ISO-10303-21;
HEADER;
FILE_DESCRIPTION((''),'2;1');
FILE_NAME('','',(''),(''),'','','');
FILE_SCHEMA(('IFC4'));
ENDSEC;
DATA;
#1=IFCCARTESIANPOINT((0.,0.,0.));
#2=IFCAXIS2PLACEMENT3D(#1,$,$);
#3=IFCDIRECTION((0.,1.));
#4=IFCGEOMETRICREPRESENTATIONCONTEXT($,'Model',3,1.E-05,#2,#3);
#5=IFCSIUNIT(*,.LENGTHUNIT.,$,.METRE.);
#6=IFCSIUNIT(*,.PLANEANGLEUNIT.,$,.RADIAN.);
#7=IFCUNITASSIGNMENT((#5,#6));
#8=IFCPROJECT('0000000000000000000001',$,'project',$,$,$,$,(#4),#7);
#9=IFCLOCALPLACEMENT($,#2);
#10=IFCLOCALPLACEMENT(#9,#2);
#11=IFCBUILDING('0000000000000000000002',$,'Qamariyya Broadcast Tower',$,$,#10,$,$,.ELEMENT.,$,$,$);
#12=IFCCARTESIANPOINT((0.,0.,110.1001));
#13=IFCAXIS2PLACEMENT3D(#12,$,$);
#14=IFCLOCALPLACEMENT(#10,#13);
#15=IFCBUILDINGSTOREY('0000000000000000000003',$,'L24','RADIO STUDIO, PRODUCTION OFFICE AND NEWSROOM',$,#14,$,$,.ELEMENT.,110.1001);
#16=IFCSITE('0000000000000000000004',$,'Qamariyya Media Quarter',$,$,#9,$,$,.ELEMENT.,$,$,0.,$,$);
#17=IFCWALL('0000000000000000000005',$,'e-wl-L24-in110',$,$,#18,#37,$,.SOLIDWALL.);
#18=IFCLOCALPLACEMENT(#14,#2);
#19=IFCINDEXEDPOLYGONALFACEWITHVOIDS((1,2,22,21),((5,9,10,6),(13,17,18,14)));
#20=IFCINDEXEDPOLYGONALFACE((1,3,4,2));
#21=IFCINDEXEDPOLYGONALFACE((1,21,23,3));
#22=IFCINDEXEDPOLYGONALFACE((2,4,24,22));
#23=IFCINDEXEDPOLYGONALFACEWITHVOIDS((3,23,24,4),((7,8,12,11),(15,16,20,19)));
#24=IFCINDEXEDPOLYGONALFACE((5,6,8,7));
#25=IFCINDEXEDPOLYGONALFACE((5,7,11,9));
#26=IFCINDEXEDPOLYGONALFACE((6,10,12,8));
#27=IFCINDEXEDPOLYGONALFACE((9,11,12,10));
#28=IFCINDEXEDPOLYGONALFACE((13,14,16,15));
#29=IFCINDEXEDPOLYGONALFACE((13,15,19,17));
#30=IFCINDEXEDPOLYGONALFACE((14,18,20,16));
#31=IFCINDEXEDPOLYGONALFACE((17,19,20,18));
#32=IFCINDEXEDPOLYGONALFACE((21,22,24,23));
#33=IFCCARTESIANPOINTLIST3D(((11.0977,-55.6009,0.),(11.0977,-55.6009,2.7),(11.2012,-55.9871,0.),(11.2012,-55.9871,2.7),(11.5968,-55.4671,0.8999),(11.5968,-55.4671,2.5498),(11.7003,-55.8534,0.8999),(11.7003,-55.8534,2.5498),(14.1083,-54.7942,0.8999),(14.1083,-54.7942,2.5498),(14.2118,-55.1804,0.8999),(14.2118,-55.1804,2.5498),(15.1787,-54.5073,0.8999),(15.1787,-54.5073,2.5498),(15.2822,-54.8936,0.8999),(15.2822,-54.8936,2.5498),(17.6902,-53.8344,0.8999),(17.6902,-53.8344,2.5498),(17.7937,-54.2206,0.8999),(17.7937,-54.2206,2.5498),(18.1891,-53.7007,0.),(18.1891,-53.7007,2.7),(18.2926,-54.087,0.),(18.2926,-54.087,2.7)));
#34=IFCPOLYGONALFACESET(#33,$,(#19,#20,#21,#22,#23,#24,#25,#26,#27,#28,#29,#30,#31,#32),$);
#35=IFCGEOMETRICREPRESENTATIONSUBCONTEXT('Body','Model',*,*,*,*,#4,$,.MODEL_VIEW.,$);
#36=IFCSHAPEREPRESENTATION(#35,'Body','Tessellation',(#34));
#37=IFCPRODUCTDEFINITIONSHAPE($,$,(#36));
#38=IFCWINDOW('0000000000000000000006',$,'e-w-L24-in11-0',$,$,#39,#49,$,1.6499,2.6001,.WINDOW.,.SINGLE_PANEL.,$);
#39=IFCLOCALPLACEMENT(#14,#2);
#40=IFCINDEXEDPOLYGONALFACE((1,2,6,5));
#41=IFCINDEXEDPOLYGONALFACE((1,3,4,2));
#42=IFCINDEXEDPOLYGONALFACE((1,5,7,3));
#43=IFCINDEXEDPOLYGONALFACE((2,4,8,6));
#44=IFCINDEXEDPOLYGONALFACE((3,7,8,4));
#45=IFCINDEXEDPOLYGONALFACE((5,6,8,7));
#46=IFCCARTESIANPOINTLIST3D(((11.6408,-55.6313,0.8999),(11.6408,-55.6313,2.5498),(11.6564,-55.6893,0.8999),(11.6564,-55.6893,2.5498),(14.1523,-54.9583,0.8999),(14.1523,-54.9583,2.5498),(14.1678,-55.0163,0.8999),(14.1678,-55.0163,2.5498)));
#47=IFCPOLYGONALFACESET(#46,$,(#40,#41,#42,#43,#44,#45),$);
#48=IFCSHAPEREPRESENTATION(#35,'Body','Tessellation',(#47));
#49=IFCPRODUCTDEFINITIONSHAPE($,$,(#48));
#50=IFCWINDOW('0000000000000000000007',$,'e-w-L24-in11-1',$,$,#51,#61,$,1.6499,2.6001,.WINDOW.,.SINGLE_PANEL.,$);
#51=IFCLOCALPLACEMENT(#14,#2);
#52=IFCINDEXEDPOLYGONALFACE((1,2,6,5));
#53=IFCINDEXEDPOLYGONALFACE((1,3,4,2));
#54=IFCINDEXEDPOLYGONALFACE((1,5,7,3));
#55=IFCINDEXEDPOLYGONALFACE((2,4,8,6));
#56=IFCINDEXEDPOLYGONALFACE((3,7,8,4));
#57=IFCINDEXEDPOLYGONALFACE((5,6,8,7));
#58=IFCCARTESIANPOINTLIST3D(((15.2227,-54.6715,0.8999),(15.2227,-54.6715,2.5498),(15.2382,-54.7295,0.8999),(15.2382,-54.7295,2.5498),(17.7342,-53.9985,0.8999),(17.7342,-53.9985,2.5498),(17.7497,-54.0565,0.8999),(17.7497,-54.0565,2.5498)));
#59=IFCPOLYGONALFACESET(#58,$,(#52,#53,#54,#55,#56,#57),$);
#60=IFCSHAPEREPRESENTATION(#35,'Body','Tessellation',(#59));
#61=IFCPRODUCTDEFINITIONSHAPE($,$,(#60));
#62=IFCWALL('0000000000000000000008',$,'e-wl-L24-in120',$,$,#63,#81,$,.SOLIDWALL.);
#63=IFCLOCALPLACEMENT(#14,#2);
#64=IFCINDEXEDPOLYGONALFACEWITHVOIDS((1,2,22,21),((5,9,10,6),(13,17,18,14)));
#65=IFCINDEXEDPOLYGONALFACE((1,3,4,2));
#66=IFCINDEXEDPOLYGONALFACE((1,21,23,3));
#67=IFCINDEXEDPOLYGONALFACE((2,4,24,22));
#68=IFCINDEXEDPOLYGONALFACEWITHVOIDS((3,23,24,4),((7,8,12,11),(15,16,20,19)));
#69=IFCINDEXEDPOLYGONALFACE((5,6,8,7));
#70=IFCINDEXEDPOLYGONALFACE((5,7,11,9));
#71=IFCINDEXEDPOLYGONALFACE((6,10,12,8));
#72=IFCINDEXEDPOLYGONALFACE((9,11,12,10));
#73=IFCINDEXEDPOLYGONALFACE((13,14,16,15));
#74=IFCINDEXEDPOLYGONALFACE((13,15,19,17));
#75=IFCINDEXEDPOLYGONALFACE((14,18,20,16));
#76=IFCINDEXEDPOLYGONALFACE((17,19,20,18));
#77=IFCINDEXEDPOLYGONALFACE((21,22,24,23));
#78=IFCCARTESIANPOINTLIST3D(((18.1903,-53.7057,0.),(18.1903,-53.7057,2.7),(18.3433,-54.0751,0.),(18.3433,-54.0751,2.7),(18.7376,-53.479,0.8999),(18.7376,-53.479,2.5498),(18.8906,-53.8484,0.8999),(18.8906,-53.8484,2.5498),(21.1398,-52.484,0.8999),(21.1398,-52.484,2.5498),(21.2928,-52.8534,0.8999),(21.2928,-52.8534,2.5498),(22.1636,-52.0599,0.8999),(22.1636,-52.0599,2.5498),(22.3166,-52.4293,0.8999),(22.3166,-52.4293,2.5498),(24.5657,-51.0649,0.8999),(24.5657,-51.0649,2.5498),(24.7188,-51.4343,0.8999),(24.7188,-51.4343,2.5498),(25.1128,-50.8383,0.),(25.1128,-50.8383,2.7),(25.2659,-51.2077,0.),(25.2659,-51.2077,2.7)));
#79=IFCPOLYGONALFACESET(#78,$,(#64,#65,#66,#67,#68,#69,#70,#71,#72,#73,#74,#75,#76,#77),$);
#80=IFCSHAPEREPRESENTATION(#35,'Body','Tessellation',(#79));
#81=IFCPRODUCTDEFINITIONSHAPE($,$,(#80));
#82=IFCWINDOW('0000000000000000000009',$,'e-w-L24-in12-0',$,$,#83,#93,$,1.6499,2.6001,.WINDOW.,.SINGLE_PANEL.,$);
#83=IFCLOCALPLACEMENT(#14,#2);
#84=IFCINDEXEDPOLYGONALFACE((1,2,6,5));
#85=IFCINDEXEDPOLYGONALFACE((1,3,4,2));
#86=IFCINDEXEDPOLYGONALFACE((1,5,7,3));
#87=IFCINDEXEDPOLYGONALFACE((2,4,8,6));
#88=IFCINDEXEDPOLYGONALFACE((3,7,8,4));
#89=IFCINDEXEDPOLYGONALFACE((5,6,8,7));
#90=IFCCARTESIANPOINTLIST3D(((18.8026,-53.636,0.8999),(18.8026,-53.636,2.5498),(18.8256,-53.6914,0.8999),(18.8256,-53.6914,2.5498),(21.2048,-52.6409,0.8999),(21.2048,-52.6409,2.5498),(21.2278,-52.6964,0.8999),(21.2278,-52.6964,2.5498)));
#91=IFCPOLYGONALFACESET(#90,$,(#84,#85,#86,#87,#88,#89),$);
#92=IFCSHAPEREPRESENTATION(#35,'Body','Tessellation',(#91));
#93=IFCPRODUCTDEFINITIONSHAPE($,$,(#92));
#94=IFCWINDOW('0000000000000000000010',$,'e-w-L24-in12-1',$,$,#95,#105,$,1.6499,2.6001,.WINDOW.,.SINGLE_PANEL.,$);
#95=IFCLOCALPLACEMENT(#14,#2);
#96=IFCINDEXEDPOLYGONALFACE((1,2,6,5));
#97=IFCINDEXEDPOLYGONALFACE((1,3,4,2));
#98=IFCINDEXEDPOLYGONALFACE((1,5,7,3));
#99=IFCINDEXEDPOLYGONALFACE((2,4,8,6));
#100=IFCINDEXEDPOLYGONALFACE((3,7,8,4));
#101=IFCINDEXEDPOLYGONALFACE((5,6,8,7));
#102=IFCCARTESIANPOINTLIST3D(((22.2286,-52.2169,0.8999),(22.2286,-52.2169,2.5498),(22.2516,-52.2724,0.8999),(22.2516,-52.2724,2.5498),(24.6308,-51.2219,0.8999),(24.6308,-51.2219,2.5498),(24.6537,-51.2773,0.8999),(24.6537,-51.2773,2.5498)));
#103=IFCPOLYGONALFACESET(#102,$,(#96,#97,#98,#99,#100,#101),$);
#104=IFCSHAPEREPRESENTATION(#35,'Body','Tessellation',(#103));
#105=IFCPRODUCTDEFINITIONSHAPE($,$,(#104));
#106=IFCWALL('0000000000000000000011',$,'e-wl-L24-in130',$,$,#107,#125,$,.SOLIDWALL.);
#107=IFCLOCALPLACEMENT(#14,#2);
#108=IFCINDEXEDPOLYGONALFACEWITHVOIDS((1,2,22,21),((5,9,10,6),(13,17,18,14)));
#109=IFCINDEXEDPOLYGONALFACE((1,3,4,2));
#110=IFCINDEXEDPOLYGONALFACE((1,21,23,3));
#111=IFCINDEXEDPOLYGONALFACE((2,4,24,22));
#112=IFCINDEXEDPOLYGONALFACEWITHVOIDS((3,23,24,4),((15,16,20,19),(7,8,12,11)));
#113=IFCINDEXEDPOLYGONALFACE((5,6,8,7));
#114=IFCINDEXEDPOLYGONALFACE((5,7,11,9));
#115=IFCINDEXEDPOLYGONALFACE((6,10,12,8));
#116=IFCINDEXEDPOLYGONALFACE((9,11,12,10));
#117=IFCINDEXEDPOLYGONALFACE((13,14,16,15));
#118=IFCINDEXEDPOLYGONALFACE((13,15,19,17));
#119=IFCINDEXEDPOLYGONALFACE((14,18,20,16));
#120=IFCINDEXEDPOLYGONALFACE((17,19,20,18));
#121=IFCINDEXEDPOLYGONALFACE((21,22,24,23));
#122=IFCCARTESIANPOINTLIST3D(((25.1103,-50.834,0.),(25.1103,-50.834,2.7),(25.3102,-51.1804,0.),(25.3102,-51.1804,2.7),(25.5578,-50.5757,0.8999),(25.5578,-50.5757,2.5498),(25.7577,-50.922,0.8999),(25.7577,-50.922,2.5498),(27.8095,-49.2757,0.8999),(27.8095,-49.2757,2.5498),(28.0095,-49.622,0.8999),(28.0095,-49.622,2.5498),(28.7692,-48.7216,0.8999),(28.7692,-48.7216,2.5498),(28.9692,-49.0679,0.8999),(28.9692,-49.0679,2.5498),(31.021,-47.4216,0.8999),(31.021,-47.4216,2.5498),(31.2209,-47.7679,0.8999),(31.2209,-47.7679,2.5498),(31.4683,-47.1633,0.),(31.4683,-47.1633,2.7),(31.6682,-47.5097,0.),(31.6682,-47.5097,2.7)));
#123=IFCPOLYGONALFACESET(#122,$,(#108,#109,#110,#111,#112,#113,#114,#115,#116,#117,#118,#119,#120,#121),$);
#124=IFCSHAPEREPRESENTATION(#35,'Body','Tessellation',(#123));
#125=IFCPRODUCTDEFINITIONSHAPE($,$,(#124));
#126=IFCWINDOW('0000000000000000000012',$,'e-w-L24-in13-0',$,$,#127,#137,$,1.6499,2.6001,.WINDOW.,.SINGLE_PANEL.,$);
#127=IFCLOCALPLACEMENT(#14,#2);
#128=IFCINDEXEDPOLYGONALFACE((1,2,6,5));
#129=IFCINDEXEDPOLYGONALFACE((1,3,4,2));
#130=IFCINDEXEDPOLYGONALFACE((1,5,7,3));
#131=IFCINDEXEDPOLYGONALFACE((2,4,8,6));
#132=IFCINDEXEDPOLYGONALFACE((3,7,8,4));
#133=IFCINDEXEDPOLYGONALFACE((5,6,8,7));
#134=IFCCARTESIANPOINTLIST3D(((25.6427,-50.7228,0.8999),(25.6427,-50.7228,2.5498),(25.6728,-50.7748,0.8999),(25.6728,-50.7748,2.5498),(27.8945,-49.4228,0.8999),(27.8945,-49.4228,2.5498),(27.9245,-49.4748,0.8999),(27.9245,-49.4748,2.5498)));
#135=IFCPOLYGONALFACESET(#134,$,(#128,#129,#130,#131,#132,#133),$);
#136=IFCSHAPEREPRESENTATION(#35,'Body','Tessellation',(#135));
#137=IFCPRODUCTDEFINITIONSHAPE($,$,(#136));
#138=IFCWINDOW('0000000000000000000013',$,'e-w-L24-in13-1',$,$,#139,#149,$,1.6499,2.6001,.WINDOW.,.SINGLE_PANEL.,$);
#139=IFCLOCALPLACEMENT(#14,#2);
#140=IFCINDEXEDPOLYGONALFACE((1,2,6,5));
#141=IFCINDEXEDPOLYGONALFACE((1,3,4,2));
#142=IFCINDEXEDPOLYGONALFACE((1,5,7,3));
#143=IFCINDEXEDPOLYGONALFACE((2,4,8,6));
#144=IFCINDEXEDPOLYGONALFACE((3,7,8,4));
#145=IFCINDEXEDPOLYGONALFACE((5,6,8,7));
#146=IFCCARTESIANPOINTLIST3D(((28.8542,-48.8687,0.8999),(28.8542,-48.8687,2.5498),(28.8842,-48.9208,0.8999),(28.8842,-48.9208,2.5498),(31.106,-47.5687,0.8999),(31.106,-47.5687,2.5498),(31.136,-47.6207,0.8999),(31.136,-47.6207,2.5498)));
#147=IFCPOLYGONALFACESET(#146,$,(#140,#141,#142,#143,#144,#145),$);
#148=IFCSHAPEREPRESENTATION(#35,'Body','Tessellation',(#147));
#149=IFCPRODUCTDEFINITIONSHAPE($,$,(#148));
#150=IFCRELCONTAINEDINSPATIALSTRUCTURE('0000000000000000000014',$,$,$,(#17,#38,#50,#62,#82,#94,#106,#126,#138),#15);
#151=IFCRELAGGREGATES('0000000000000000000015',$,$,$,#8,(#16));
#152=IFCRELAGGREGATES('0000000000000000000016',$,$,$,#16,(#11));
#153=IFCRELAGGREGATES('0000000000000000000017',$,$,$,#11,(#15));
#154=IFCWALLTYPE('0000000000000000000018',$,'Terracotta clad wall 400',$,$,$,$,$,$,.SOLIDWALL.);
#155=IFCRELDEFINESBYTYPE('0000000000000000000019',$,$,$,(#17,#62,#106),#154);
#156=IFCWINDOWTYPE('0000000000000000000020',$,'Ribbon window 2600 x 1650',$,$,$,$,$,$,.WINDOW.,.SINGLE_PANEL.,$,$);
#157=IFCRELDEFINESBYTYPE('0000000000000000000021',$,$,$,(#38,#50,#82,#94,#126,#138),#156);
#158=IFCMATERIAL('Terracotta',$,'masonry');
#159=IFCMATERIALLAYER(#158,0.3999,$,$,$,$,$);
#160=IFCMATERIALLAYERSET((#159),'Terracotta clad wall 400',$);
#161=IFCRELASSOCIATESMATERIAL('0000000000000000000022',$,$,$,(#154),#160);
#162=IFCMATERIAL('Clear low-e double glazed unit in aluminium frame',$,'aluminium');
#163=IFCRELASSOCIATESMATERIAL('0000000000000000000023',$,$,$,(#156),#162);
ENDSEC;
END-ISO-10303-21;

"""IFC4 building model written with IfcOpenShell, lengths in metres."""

from ifc_helpers import new_model, si_unit, direction, frame, frame_2d, origin, place, context, subcontext, project, spatial, rectangle, extrude, material, layer, layer_set, type_object, element, fill, save


model = new_model("IFC4")

# Units and contexts
model_context = context("Model", 3, precision=1e-05, world=origin(), true_north=direction((0.0, 1.0)))
body_context = subcontext(model_context, "Body", "Model", "MODEL_VIEW")
ifc_project = project(units=[si_unit("LENGTHUNIT", "METRE"), si_unit("PLANEANGLEUNIT", "RADIAN")], contexts=[model_context])

# Site, building, storey
site_placement = place(None, origin())
site = spatial("IfcSite", under=ifc_project, at=site_placement, Name="Qamariyya Media Quarter", CompositionType="ELEMENT", RefElevation=0.0)
building_placement = place(site_placement, origin())
building = spatial("IfcBuilding", under=site, at=building_placement, Name="Qamariyya Broadcast Tower", CompositionType="ELEMENT")
storey_placement = place(building_placement, frame((0.0, 0.0, 110.1001)))
storey = spatial("IfcBuildingStorey", under=building, at=storey_placement, Name="L24", Description="RADIO STUDIO, PRODUCTION OFFICE AND NEWSROOM", CompositionType="ELEMENT", Elevation=110.1001)

# Walls, openings, windows
ifc_material_1 = material(Name="Terracotta", Category="masonry")
ifc_layer_1 = layer(ifc_material_1, 0.3999)
ifc_layer_set_1 = layer_set([ifc_layer_1], Name="Terracotta clad wall 400")
wall_type_1 = type_object("IfcWallType", Name="Terracotta clad wall 400", PredefinedType="SOLIDWALL", material=ifc_layer_set_1)
wall_1_placement = place(storey_placement, frame((18.241, -53.8938, 0.0), z_axis=(0.0, 0.0, 1.0), x_axis=(-0.965925, -0.258824, 0.0)))
wall_1 = element("IfcWall", 1, at=wall_1_placement, inside=storey, type_object=wall_type_1, Name="e-wl-L24-in110", PredefinedType="SOLIDWALL", context=body_context, shape_type="SweptSolid", body=[
    extrude(rectangle(XDim=7.3416, YDim=0.3999, at=frame_2d((3.6709, 0.0))), origin(), (0.0, 0.0, 1.0), 2.7),
])
opening_1_placement = place(wall_1_placement, frame((4.2249, 0.0, 0.8999)))
opening_1 = element("IfcOpeningElement", 2, at=opening_1_placement, cuts=wall_1, PredefinedType="OPENING", context=body_context, shape_type="SweptSolid", body=[
    extrude(rectangle(XDim=2.6001, YDim=1.6499, at=frame_2d((1.3, 0.825))), frame((0.0, 0.21, 0.0), z_axis=(0.0, -1.0, 0.0), x_axis=(1.0, 0.0, 0.0)), (0.0, 0.0, 1.0), 0.4199),
])
opening_2_placement = place(wall_1_placement, frame((0.5166, 0.0, 0.8999)))
opening_2 = element("IfcOpeningElement", 3, at=opening_2_placement, cuts=wall_1, PredefinedType="OPENING", context=body_context, shape_type="SweptSolid", body=[
    extrude(rectangle(XDim=2.6001, YDim=1.6499, at=frame_2d((1.3, 0.825))), frame((0.0, 0.21, 0.0), z_axis=(0.0, -1.0, 0.0), x_axis=(1.0, 0.0, 0.0)), (0.0, 0.0, 1.0), 0.4199),
])
ifc_material_2 = material(Name="Clear low-e double glazed unit in aluminium frame", Category="aluminium")
window_type = type_object("IfcWindowType", Name="Ribbon window 2600 x 1650", PartitioningType="SINGLE_PANEL", PredefinedType="WINDOW", material=ifc_material_2)
window_1_placement = place(opening_1_placement, origin())
window_1 = element("IfcWindow", 4, at=window_1_placement, inside=storey, type_object=window_type, Name="e-w-L24-in11-0", OverallHeight=1.6499, OverallWidth=2.6001, PartitioningType="SINGLE_PANEL", PredefinedType="WINDOW", context=body_context, shape_type="SweptSolid", body=[
    extrude(rectangle(XDim=2.6001, YDim=1.6499, at=frame_2d((1.3, 0.825))), frame((0.0, 0.03, 0.0), z_axis=(0.0, -1.0, 0.0), x_axis=(1.0, 0.0, 0.0)), (0.0, 0.0, 1.0), 0.0601),
])
fill(opening_1, window_1)
window_2_placement = place(opening_2_placement, origin())
window_2 = element("IfcWindow", 5, at=window_2_placement, inside=storey, type_object=window_type, Name="e-w-L24-in11-1", OverallHeight=1.6499, OverallWidth=2.6001, PartitioningType="SINGLE_PANEL", PredefinedType="WINDOW", context=body_context, shape_type="SweptSolid", body=[
    extrude(rectangle(XDim=2.6001, YDim=1.6499, at=frame_2d((1.3, 0.825))), frame((0.0, 0.03, 0.0), z_axis=(0.0, -1.0, 0.0), x_axis=(1.0, 0.0, 0.0)), (0.0, 0.0, 1.0), 0.0601),
])
fill(opening_2, window_2)
wall_2_placement = place(storey_placement, frame((25.1895, -51.0229, 0.0), z_axis=(0.0, 0.0, 1.0), x_axis=(-0.92388, -0.382683, 0.0)))
wall_2 = element("IfcWall", 6, at=wall_2_placement, inside=storey, type_object=wall_type_1, Name="e-wl-L24-in120", PredefinedType="SOLIDWALL", context=body_context, shape_type="SweptSolid", body=[
    extrude(rectangle(XDim=7.4929, YDim=0.3999, at=frame_2d((3.7466, 0.0))), origin(), (0.0, 0.0, 1.0), 2.7),
])
opening_3_placement = place(wall_2_placement, frame((4.3005, 0.0, 0.8999)))
opening_3 = element("IfcOpeningElement", 7, at=opening_3_placement, cuts=wall_2, PredefinedType="OPENING", context=body_context, shape_type="SweptSolid", body=[
    extrude(rectangle(XDim=2.6001, YDim=1.6499, at=frame_2d((1.3, 0.825))), frame((0.0, 0.21, 0.0), z_axis=(0.0, -1.0, 0.0), x_axis=(1.0, 0.0, 0.0)), (0.0, 0.0, 1.0), 0.4199),
])
opening_4_placement = place(wall_2_placement, frame((0.5923, 0.0, 0.8999)))
opening_4 = element("IfcOpeningElement", 8, at=opening_4_placement, cuts=wall_2, PredefinedType="OPENING", context=body_context, shape_type="SweptSolid", body=[
    extrude(rectangle(XDim=2.6001, YDim=1.6499, at=frame_2d((1.3, 0.825))), frame((0.0, 0.21, 0.0), z_axis=(0.0, -1.0, 0.0), x_axis=(1.0, 0.0, 0.0)), (0.0, 0.0, 1.0), 0.4199),
])
window_3_placement = place(opening_3_placement, origin())
window_3 = element("IfcWindow", 9, at=window_3_placement, inside=storey, type_object=window_type, Name="e-w-L24-in12-0", OverallHeight=1.6499, OverallWidth=2.6001, PartitioningType="SINGLE_PANEL", PredefinedType="WINDOW", context=body_context, shape_type="SweptSolid", body=[
    extrude(rectangle(XDim=2.6001, YDim=1.6499, at=frame_2d((1.3, 0.825))), frame((0.0, 0.03, 0.0), z_axis=(0.0, -1.0, 0.0), x_axis=(1.0, 0.0, 0.0)), (0.0, 0.0, 1.0), 0.0601),
])
fill(opening_3, window_3)
window_4_placement = place(opening_4_placement, origin())
window_4 = element("IfcWindow", 10, at=window_4_placement, inside=storey, type_object=window_type, Name="e-w-L24-in12-1", OverallHeight=1.6499, OverallWidth=2.6001, PartitioningType="SINGLE_PANEL", PredefinedType="WINDOW", context=body_context, shape_type="SweptSolid", body=[
    extrude(rectangle(XDim=2.6001, YDim=1.6499, at=frame_2d((1.3, 0.825))), frame((0.0, 0.03, 0.0), z_axis=(0.0, -1.0, 0.0), x_axis=(1.0, 0.0, 0.0)), (0.0, 0.0, 1.0), 0.0601),
])
fill(opening_4, window_4)
wall_3_placement = place(storey_placement, frame((31.5684, -47.3364, 0.0), z_axis=(0.0, 0.0, 1.0), x_axis=(-0.866031, -0.499991, 0.0)))
wall_3 = element("IfcWall", 11, at=wall_3_placement, inside=storey, type_object=wall_type_1, Name="e-wl-L24-in130", PredefinedType="SOLIDWALL", context=body_context, shape_type="SweptSolid", body=[
    extrude(rectangle(XDim=7.3416, YDim=0.3999, at=frame_2d((3.6709, 0.0))), origin(), (0.0, 0.0, 1.0), 2.7),
])
opening_5_placement = place(wall_3_placement, frame((4.2249, 0.0, 0.8999)))
opening_5 = element("IfcOpeningElement", 12, at=opening_5_placement, cuts=wall_3, PredefinedType="OPENING", context=body_context, shape_type="SweptSolid", body=[
    extrude(rectangle(XDim=2.6001, YDim=1.6499, at=frame_2d((1.3, 0.825))), frame((0.0, 0.21, 0.0), z_axis=(0.0, -1.0, 0.0), x_axis=(1.0, 0.0, 0.0)), (0.0, 0.0, 1.0), 0.4199),
])
opening_6_placement = place(wall_3_placement, frame((0.5166, 0.0, 0.8999)))
opening_6 = element("IfcOpeningElement", 13, at=opening_6_placement, cuts=wall_3, PredefinedType="OPENING", context=body_context, shape_type="SweptSolid", body=[
    extrude(rectangle(XDim=2.6001, YDim=1.6499, at=frame_2d((1.3, 0.825))), frame((0.0, 0.21, 0.0), z_axis=(0.0, -1.0, 0.0), x_axis=(1.0, 0.0, 0.0)), (0.0, 0.0, 1.0), 0.4199),
])
window_5_placement = place(opening_5_placement, origin())
window_5 = element("IfcWindow", 14, at=window_5_placement, inside=storey, type_object=window_type, Name="e-w-L24-in13-0", OverallHeight=1.6499, OverallWidth=2.6001, PartitioningType="SINGLE_PANEL", PredefinedType="WINDOW", context=body_context, shape_type="SweptSolid", body=[
    extrude(rectangle(XDim=2.6001, YDim=1.6499, at=frame_2d((1.3, 0.825))), frame((0.0, 0.03, 0.0), z_axis=(0.0, -1.0, 0.0), x_axis=(1.0, 0.0, 0.0)), (0.0, 0.0, 1.0), 0.0601),
])
fill(opening_5, window_5)
window_6_placement = place(opening_6_placement, origin())
window_6 = element("IfcWindow", 15, at=window_6_placement, inside=storey, type_object=window_type, Name="e-w-L24-in13-1", OverallHeight=1.6499, OverallWidth=2.6001, PartitioningType="SINGLE_PANEL", PredefinedType="WINDOW", context=body_context, shape_type="SweptSolid", body=[
    extrude(rectangle(XDim=2.6001, YDim=1.6499, at=frame_2d((1.3, 0.825))), frame((0.0, 0.03, 0.0), z_axis=(0.0, -1.0, 0.0), x_axis=(1.0, 0.0, 0.0)), (0.0, 0.0, 1.0), 0.0601),
])
fill(opening_6, window_6)

save(model, "model.ifc")
